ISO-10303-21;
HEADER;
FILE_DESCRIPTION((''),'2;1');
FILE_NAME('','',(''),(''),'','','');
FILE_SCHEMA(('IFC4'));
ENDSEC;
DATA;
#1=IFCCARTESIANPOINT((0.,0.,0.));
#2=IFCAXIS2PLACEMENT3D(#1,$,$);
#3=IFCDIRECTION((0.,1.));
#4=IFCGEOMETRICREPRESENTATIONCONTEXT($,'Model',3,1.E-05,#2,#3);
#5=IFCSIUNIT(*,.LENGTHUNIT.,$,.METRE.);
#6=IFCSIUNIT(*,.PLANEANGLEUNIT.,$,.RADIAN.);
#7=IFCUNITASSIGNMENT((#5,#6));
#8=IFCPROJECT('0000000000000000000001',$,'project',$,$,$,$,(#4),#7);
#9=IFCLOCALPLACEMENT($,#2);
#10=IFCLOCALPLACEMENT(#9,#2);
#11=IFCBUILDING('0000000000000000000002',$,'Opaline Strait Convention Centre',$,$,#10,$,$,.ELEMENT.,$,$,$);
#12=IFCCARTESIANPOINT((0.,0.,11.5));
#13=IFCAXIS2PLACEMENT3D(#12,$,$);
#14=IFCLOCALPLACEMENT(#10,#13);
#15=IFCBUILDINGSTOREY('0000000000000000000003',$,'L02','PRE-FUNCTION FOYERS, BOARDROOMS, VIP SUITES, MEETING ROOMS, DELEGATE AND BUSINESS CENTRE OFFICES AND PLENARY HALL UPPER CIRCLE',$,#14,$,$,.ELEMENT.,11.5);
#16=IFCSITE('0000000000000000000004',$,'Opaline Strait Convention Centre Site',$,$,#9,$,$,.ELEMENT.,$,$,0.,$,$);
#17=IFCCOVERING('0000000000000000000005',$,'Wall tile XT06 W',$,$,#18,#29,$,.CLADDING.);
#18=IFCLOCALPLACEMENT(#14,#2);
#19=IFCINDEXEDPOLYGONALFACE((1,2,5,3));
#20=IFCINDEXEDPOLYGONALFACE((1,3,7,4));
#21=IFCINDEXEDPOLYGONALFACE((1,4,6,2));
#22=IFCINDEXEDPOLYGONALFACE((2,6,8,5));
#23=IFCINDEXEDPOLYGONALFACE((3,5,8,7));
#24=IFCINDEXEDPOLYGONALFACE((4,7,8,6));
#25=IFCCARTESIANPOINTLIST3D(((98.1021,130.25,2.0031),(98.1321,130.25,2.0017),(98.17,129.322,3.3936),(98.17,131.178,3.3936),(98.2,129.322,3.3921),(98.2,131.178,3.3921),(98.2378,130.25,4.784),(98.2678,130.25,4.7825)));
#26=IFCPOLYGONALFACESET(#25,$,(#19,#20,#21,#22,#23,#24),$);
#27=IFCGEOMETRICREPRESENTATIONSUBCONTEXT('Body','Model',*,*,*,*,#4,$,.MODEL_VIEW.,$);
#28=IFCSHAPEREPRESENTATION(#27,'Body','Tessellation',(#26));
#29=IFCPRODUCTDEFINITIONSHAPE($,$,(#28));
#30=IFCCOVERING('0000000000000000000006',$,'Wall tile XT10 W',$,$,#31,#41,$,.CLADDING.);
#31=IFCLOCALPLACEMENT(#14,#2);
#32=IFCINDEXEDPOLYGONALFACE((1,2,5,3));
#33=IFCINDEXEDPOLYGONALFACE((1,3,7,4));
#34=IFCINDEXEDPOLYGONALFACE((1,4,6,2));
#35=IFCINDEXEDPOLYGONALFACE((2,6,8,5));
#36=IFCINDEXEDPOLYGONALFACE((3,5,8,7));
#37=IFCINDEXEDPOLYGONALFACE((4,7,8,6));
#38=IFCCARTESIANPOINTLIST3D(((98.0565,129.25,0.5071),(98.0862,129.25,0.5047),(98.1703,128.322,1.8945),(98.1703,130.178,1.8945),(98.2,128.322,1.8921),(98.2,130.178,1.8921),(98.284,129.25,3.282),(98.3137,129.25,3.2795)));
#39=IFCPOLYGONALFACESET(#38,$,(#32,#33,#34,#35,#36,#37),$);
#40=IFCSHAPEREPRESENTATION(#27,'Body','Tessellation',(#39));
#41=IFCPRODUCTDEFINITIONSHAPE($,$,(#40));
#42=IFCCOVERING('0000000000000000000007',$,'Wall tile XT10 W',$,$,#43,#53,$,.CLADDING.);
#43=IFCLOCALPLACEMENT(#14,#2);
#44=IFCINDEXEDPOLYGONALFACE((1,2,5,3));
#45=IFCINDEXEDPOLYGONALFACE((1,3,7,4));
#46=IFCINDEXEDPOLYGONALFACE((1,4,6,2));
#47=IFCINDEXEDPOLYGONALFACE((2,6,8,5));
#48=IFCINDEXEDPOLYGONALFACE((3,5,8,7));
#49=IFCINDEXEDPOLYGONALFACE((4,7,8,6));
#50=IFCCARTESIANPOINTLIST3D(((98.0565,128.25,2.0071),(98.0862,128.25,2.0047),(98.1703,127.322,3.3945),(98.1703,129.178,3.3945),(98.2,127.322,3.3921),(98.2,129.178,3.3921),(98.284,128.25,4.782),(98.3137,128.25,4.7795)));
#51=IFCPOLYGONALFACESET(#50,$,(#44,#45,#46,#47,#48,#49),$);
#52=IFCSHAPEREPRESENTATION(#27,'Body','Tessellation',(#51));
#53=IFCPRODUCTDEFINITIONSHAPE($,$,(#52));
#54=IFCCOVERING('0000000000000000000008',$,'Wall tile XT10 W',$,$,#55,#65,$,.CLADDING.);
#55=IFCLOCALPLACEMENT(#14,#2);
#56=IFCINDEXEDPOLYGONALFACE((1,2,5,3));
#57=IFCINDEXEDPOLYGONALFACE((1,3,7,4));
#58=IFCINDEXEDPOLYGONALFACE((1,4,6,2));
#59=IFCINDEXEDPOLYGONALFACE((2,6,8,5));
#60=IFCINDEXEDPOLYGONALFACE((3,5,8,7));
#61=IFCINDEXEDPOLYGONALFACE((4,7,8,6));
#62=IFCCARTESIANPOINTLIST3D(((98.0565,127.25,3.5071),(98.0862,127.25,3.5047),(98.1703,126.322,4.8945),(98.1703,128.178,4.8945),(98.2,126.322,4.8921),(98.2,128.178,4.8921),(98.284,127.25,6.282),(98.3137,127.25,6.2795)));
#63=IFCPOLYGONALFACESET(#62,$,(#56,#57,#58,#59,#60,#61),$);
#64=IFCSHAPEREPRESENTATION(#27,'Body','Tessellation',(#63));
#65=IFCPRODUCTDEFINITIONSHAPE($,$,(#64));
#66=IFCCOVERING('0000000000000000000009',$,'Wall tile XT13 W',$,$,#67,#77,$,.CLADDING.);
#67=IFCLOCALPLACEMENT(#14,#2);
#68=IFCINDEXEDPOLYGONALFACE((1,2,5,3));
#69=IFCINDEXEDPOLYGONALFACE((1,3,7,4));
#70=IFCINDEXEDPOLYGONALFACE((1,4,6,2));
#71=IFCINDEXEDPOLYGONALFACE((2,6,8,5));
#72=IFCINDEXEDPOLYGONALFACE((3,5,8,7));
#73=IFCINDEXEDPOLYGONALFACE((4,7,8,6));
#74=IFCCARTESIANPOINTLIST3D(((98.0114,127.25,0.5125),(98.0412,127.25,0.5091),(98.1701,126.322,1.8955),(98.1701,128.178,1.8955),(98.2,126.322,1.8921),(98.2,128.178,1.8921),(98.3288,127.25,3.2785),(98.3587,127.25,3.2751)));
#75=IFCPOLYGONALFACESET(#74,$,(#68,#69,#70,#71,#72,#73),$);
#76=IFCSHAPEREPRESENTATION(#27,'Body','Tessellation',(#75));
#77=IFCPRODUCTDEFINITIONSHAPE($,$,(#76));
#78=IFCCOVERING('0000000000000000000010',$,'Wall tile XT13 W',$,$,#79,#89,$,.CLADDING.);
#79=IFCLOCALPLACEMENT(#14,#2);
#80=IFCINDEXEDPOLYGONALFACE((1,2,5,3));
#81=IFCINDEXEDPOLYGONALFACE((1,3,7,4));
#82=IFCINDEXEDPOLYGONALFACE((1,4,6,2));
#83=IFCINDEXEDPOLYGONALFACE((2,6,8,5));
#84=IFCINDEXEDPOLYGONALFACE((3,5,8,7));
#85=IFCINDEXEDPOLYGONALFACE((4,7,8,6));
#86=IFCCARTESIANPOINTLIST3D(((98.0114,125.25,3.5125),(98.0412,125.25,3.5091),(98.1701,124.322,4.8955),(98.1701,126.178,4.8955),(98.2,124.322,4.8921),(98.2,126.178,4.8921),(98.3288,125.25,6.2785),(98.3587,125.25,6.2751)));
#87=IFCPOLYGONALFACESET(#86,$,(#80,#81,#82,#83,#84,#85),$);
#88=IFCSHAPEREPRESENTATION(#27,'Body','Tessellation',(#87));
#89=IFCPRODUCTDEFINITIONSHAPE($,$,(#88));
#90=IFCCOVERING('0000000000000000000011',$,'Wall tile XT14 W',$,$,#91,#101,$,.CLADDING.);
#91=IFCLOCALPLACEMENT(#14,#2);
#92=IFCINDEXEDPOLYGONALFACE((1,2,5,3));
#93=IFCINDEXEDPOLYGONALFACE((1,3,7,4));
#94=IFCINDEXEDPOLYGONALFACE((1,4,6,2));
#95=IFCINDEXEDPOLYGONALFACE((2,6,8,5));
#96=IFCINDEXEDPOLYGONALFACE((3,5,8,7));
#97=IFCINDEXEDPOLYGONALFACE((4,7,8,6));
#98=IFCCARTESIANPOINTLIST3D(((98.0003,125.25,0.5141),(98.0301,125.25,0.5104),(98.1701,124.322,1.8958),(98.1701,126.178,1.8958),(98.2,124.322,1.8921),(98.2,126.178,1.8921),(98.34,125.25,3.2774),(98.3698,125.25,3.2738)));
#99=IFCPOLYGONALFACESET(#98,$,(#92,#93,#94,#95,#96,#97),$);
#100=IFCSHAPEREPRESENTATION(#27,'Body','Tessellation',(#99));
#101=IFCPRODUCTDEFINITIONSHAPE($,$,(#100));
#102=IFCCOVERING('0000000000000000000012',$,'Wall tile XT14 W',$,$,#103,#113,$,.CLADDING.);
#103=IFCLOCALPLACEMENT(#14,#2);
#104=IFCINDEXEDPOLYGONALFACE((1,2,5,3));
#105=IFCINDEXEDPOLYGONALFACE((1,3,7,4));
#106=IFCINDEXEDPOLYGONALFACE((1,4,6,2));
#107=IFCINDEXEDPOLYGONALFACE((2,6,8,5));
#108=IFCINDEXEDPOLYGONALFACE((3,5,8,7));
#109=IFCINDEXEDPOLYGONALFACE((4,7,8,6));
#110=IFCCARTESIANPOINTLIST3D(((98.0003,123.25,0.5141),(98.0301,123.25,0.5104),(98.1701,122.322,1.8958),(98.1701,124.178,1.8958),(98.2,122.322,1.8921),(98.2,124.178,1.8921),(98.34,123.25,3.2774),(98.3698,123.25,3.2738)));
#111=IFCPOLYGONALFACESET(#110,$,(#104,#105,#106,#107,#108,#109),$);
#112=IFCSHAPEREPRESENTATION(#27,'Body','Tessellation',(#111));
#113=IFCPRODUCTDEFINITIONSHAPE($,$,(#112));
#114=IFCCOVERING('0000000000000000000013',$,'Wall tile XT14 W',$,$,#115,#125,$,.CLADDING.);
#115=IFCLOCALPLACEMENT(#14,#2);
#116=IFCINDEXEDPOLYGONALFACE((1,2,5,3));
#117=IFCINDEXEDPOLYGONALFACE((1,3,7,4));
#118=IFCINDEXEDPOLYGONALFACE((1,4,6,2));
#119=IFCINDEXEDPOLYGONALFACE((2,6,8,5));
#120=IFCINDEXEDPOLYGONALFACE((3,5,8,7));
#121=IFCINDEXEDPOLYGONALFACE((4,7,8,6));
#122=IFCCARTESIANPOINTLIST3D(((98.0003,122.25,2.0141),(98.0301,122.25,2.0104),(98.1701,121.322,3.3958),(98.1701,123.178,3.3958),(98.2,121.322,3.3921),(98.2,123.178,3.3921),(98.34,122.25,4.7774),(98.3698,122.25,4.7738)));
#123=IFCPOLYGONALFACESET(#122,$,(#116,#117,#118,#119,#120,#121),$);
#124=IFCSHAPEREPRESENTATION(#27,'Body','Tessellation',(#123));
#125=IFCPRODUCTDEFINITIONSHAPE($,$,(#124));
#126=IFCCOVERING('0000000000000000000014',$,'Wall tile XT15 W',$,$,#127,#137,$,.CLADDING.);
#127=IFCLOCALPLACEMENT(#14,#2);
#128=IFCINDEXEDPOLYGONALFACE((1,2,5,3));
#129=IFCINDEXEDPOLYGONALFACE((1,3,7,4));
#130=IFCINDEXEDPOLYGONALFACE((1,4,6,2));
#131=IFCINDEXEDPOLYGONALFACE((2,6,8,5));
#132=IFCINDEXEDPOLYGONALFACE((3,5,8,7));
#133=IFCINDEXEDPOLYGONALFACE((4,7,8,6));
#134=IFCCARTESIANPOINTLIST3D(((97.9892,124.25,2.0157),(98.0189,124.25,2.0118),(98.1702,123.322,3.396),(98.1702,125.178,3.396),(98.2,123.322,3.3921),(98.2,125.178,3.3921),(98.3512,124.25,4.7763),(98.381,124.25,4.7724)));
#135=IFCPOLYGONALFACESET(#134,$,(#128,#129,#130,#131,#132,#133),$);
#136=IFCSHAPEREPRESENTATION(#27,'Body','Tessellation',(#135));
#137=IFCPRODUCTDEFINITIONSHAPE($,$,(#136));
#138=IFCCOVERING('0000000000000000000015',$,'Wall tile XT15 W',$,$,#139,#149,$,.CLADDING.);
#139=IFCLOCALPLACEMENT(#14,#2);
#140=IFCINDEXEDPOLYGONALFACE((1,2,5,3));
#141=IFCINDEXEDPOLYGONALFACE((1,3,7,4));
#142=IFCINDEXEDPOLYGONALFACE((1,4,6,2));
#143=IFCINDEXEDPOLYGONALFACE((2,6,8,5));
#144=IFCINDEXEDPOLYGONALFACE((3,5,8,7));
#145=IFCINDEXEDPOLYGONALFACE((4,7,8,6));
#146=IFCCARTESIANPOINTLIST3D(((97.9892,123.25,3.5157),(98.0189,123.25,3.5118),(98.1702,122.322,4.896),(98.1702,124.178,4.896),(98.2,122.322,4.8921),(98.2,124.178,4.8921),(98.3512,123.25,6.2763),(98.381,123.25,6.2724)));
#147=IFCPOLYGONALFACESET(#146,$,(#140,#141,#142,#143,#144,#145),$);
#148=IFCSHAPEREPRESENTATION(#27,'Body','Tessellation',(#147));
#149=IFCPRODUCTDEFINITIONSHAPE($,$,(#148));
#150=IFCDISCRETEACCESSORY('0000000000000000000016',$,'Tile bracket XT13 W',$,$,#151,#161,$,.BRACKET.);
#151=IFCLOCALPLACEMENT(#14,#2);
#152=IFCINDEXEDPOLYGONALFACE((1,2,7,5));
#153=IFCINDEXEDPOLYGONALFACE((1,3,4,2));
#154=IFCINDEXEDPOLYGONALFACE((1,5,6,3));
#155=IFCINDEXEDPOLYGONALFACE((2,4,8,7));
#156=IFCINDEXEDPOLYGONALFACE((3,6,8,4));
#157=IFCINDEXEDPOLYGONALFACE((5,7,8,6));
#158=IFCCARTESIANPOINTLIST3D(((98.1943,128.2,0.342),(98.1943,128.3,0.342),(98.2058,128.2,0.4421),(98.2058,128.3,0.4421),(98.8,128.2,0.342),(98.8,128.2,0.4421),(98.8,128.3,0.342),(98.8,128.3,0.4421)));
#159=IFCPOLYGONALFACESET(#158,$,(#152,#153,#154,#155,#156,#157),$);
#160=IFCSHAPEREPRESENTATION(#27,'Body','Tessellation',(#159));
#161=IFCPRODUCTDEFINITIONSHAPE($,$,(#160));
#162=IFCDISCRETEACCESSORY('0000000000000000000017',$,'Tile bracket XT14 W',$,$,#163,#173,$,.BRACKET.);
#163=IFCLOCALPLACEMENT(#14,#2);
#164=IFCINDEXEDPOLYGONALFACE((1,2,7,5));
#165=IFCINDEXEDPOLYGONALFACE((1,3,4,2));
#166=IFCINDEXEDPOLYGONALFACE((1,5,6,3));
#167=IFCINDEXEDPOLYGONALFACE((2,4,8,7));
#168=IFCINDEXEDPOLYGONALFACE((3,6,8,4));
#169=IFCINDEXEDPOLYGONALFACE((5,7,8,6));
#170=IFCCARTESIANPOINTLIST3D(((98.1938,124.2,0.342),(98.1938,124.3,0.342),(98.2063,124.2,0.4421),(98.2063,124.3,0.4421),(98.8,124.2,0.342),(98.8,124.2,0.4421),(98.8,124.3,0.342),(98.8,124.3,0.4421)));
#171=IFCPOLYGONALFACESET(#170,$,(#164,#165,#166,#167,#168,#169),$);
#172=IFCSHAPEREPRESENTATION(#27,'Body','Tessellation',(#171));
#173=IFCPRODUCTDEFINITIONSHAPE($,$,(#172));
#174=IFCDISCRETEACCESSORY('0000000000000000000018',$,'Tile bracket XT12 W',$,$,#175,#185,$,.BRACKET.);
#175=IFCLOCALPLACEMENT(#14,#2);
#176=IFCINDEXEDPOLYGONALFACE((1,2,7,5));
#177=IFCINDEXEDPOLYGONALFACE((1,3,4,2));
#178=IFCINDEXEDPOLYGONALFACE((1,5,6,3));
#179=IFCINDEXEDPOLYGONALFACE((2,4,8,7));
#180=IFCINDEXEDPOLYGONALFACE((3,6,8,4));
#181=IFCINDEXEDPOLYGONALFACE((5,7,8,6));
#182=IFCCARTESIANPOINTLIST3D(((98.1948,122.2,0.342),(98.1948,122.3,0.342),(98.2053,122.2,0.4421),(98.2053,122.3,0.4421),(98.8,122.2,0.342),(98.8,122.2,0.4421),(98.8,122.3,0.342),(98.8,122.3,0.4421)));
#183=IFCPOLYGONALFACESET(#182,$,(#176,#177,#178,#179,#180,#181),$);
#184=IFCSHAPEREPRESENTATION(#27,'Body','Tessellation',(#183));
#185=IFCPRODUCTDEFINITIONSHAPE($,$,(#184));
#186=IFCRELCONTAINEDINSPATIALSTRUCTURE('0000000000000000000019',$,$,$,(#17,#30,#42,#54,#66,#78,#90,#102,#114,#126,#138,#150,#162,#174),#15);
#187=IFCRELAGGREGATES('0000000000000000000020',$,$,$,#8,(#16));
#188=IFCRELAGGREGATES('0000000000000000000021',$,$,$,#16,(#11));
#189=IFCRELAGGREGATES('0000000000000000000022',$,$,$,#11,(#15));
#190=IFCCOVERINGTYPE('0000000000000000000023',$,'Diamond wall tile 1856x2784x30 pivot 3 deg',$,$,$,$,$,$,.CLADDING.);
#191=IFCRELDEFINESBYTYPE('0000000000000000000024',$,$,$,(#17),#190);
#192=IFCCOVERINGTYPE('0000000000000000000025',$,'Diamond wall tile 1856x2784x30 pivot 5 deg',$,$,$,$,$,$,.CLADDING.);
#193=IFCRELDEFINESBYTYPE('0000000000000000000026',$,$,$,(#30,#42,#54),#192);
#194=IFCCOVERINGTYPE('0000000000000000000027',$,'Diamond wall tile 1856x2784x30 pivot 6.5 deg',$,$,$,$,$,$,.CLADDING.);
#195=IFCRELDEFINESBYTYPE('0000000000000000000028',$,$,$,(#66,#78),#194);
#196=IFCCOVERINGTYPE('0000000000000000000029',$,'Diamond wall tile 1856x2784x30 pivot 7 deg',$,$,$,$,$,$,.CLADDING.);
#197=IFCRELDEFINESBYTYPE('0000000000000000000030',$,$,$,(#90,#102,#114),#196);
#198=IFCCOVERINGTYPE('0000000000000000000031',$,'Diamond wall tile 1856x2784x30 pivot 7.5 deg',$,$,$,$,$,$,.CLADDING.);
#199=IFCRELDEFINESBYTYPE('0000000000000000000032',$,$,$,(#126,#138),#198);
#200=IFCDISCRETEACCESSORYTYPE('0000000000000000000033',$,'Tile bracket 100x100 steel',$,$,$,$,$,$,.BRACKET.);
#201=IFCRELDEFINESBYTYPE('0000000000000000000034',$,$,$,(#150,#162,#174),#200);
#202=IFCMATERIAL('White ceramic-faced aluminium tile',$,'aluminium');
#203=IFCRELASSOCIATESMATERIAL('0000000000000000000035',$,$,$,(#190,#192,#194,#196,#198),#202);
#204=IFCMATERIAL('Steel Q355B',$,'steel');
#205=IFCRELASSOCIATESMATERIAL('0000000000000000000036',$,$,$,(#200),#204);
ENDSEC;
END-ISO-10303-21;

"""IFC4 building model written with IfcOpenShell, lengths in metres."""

from ifc_helpers import new_model, si_unit, direction, frame, origin, place, context, subcontext, project, spatial, polyline, outline, extrude, material, material_profile, profile_set, type_object, element, save


model = new_model("IFC4")

# Units and contexts
model_context = context("Model", 3, precision=1e-05, world=origin(), true_north=direction((0.0, 1.0)))
body_context = subcontext(model_context, "Body", "Model", "MODEL_VIEW")
ifc_project = project(units=[si_unit("LENGTHUNIT", "METRE"), si_unit("PLANEANGLEUNIT", "RADIAN")], contexts=[model_context])

# Site, building, storey
site_placement = place(None, origin())
site = spatial("IfcSite", under=ifc_project, at=site_placement, Name="Opaline Strait Convention Centre Site", CompositionType="ELEMENT", RefElevation=0.0)
building_placement = place(site_placement, origin())
building = spatial("IfcBuilding", under=site, at=building_placement, Name="Opaline Strait Convention Centre", CompositionType="ELEMENT")
storey_placement = place(building_placement, frame((0.0, 0.0, 11.5)))
storey = spatial("IfcBuildingStorey", under=building, at=storey_placement, Name="L02", Description="PRE-FUNCTION FOYERS, BOARDROOMS, VIP SUITES, MEETING ROOMS, DELEGATE AND BUSINESS CENTRE OFFICES AND PLENARY HALL UPPER CIRCLE", CompositionType="ELEMENT", Elevation=11.5)

# Coverings
ifc_material_1 = material(Name="White ceramic-faced aluminium tile", Category="aluminium")
ifc_material_profile_1 = material_profile(ifc_material_1, outline(polyline([(0.928, 0.0), (0.0, 1.3921), (-0.928, 0.0), (0.0, -1.3921), (0.928, 0.0)])), Name="Diamond tile 1856x2784")
ifc_profile_set_1 = profile_set([ifc_material_profile_1], Name="White ceramic-faced aluminium tile")
covering_type_1 = type_object("IfcCoveringType", Name="Diamond wall tile 1856x2784x30 pivot 3 deg", PredefinedType="CLADDING", material=ifc_profile_set_1)
covering_placement = place(storey_placement, frame((98.2, 130.25, 3.3921), z_axis=(-0.998812, 0.0, 0.048723), x_axis=(0.0, -1.0, 0.0)))
element("IfcCovering", 1, at=covering_placement, inside=storey, type_object=covering_type_1, Name="Wall tile XT06 W", PredefinedType="CLADDING", context=body_context, shape_type="SweptSolid", body=[
    extrude(outline(polyline([(0.928, 0.0), (0.0, 1.3921), (-0.928, 0.0), (0.0, -1.3921), (0.928, 0.0)])), origin(), (0.0, 0.0, 1.0), 0.03),
])
ifc_material_profile_2 = material_profile(ifc_material_1, outline(polyline([(0.928, 0.0), (0.0, 1.3921), (-0.928, 0.0), (0.0, -1.3921), (0.928, 0.0)])), Name="Diamond tile 1856x2784")
ifc_profile_set_2 = profile_set([ifc_material_profile_2], Name="White ceramic-faced aluminium tile")
covering_type_2 = type_object("IfcCoveringType", Name="Diamond wall tile 1856x2784x30 pivot 5 deg", PredefinedType="CLADDING", material=ifc_profile_set_2)
for number, where, z_axis, x_axis, name in (
    (2, (98.2, 129.25, 1.8921), (-0.996658, 0.0, 0.081693), (0.0, -1.0, 0.0), "Wall tile XT10 W"),
    (3, (98.2, 128.25, 3.3921), (-0.996658, 0.0, 0.081693), (0.0, -1.0, 0.0), "Wall tile XT10 W"),
    (4, (98.2, 127.25, 4.8921), (-0.996658, 0.0, 0.081693), (0.0, -1.0, 0.0), "Wall tile XT10 W"),
):
    element("IfcCovering", number, at=place(storey_placement, frame(where, z_axis=z_axis, x_axis=x_axis)), inside=storey, type_object=covering_type_2, Name=name, PredefinedType="CLADDING", context=body_context, shape_type="SweptSolid", body=[
        extrude(outline(polyline([(0.928, 0.0), (0.0, 1.3921), (-0.928, 0.0), (0.0, -1.3921), (0.928, 0.0)])), origin(), (0.0, 0.0, 1.0), 0.0298),
    ])
ifc_material_profile_3 = material_profile(ifc_material_1, outline(polyline([(0.928, 0.0), (0.0, 1.3921), (-0.928, 0.0), (0.0, -1.3921), (0.928, 0.0)])), Name="Diamond tile 1856x2784")
ifc_profile_set_3 = profile_set([ifc_material_profile_3], Name="White ceramic-faced aluminium tile")
covering_type_3 = type_object("IfcCoveringType", Name="Diamond wall tile 1856x2784x30 pivot 6.5 deg", PredefinedType="CLADDING", material=ifc_profile_set_3)
for number, where, z_axis, x_axis, name in (
    (5, (98.2, 127.25, 1.8921), (-0.99348, 0.0, 0.114006), (0.0, -1.0, 0.0), "Wall tile XT13 W"),
    (6, (98.2, 125.25, 4.8921), (-0.99348, 0.0, 0.114006), (0.0, -1.0, 0.0), "Wall tile XT13 W"),
):
    element("IfcCovering", number, at=place(storey_placement, frame(where, z_axis=z_axis, x_axis=x_axis)), inside=storey, type_object=covering_type_3, Name=name, PredefinedType="CLADDING", context=body_context, shape_type="SweptSolid", body=[
        extrude(outline(polyline([(0.928, 0.0), (0.0, 1.3921), (-0.928, 0.0), (0.0, -1.3921), (0.928, 0.0)])), origin(), (0.0, 0.0, 1.0), 0.03),
    ])
ifc_material_profile_4 = material_profile(ifc_material_1, outline(polyline([(0.928, 0.0), (0.0, 1.3921), (-0.928, 0.0), (0.0, -1.3921), (0.928, 0.0)])), Name="Diamond tile 1856x2784")
ifc_profile_set_4 = profile_set([ifc_material_profile_4], Name="White ceramic-faced aluminium tile")
covering_type_4 = type_object("IfcCoveringType", Name="Diamond wall tile 1856x2784x30 pivot 7 deg", PredefinedType="CLADDING", material=ifc_profile_set_4)
for number, where, z_axis, x_axis, name in (
    (7, (98.2, 125.25, 1.8921), (-0.992526, 0.0, 0.122032), (0.0, -1.0, 0.0), "Wall tile XT14 W"),
    (8, (98.2, 123.25, 1.8921), (-0.992526, 0.0, 0.122032), (0.0, -1.0, 0.0), "Wall tile XT14 W"),
    (9, (98.2, 122.25, 3.3921), (-0.992526, 0.0, 0.122032), (0.0, -1.0, 0.0), "Wall tile XT14 W"),
):
    element("IfcCovering", number, at=place(storey_placement, frame(where, z_axis=z_axis, x_axis=x_axis)), inside=storey, type_object=covering_type_4, Name=name, PredefinedType="CLADDING", context=body_context, shape_type="SweptSolid", body=[
        extrude(outline(polyline([(0.928, 0.0), (0.0, 1.3921), (-0.928, 0.0), (0.0, -1.3921), (0.928, 0.0)])), origin(), (0.0, 0.0, 1.0), 0.03),
    ])
ifc_material_profile_5 = material_profile(ifc_material_1, outline(polyline([(0.928, 0.0), (0.0, 1.3921), (-0.928, 0.0), (0.0, -1.3921), (0.928, 0.0)])), Name="Diamond tile 1856x2784")
ifc_profile_set_5 = profile_set([ifc_material_profile_5], Name="White ceramic-faced aluminium tile")
covering_type_5 = type_object("IfcCoveringType", Name="Diamond wall tile 1856x2784x30 pivot 7.5 deg", PredefinedType="CLADDING", material=ifc_profile_set_5)
for number, where, z_axis, x_axis, name in (
    (10, (98.2, 124.25, 3.3921), (-0.99151, 0.0, 0.130034), (0.0, -1.0, 0.0), "Wall tile XT15 W"),
    (11, (98.2, 123.25, 4.8921), (-0.99151, 0.0, 0.130034), (0.0, -1.0, 0.0), "Wall tile XT15 W"),
):
    element("IfcCovering", number, at=place(storey_placement, frame(where, z_axis=z_axis, x_axis=x_axis)), inside=storey, type_object=covering_type_5, Name=name, PredefinedType="CLADDING", context=body_context, shape_type="SweptSolid", body=[
        extrude(outline(polyline([(0.928, 0.0), (0.0, 1.3921), (-0.928, 0.0), (0.0, -1.3921), (0.928, 0.0)])), origin(), (0.0, 0.0, 1.0), 0.03),
    ])

# Discrete accessories
ifc_material_2 = material(Name="Steel Q355B", Category="steel")
discrete_accessory_type = type_object("IfcDiscreteAccessoryType", Name="Tile bracket 100x100 steel", PredefinedType="BRACKET", material=ifc_material_2)
discrete_accessory_1_placement = place(storey_placement, frame((98.8, 128.3, 0.3921), z_axis=(0.0, -1.0, 0.0), x_axis=(1.0, 0.0, 0.0)))
element("IfcDiscreteAccessory", 12, at=discrete_accessory_1_placement, inside=storey, type_object=discrete_accessory_type, Name="Tile bracket XT13 W", PredefinedType="BRACKET", context=body_context, shape_type="SweptSolid", body=[
    extrude(outline(polyline([(0.0, -0.05), (0.0, 0.05), (-0.5942, 0.05), (-0.6057, -0.05), (0.0, -0.05)])), origin(), (0.0, 0.0, 1.0), 0.1001),
])
discrete_accessory_2_placement = place(storey_placement, frame((98.8, 124.3, 0.3921), z_axis=(0.0, -1.0, 0.0), x_axis=(1.0, 0.0, 0.0)))
element("IfcDiscreteAccessory", 13, at=discrete_accessory_2_placement, inside=storey, type_object=discrete_accessory_type, Name="Tile bracket XT14 W", PredefinedType="BRACKET", context=body_context, shape_type="SweptSolid", body=[
    extrude(outline(polyline([(0.0, -0.05), (0.0, 0.05), (-0.5938, 0.05), (-0.6062, -0.05), (0.0, -0.05)])), origin(), (0.0, 0.0, 1.0), 0.1001),
])
discrete_accessory_3_placement = place(storey_placement, frame((98.8, 122.3, 0.3921), z_axis=(0.0, -1.0, 0.0), x_axis=(1.0, 0.0, 0.0)))
element("IfcDiscreteAccessory", 14, at=discrete_accessory_3_placement, inside=storey, type_object=discrete_accessory_type, Name="Tile bracket XT12 W", PredefinedType="BRACKET", context=body_context, shape_type="SweptSolid", body=[
    extrude(outline(polyline([(0.0, -0.05), (0.0, 0.05), (-0.5947, 0.05), (-0.6052, -0.05), (0.0, -0.05)])), origin(), (0.0, 0.0, 1.0), 0.1001),
])

save(model, "model.ifc")
